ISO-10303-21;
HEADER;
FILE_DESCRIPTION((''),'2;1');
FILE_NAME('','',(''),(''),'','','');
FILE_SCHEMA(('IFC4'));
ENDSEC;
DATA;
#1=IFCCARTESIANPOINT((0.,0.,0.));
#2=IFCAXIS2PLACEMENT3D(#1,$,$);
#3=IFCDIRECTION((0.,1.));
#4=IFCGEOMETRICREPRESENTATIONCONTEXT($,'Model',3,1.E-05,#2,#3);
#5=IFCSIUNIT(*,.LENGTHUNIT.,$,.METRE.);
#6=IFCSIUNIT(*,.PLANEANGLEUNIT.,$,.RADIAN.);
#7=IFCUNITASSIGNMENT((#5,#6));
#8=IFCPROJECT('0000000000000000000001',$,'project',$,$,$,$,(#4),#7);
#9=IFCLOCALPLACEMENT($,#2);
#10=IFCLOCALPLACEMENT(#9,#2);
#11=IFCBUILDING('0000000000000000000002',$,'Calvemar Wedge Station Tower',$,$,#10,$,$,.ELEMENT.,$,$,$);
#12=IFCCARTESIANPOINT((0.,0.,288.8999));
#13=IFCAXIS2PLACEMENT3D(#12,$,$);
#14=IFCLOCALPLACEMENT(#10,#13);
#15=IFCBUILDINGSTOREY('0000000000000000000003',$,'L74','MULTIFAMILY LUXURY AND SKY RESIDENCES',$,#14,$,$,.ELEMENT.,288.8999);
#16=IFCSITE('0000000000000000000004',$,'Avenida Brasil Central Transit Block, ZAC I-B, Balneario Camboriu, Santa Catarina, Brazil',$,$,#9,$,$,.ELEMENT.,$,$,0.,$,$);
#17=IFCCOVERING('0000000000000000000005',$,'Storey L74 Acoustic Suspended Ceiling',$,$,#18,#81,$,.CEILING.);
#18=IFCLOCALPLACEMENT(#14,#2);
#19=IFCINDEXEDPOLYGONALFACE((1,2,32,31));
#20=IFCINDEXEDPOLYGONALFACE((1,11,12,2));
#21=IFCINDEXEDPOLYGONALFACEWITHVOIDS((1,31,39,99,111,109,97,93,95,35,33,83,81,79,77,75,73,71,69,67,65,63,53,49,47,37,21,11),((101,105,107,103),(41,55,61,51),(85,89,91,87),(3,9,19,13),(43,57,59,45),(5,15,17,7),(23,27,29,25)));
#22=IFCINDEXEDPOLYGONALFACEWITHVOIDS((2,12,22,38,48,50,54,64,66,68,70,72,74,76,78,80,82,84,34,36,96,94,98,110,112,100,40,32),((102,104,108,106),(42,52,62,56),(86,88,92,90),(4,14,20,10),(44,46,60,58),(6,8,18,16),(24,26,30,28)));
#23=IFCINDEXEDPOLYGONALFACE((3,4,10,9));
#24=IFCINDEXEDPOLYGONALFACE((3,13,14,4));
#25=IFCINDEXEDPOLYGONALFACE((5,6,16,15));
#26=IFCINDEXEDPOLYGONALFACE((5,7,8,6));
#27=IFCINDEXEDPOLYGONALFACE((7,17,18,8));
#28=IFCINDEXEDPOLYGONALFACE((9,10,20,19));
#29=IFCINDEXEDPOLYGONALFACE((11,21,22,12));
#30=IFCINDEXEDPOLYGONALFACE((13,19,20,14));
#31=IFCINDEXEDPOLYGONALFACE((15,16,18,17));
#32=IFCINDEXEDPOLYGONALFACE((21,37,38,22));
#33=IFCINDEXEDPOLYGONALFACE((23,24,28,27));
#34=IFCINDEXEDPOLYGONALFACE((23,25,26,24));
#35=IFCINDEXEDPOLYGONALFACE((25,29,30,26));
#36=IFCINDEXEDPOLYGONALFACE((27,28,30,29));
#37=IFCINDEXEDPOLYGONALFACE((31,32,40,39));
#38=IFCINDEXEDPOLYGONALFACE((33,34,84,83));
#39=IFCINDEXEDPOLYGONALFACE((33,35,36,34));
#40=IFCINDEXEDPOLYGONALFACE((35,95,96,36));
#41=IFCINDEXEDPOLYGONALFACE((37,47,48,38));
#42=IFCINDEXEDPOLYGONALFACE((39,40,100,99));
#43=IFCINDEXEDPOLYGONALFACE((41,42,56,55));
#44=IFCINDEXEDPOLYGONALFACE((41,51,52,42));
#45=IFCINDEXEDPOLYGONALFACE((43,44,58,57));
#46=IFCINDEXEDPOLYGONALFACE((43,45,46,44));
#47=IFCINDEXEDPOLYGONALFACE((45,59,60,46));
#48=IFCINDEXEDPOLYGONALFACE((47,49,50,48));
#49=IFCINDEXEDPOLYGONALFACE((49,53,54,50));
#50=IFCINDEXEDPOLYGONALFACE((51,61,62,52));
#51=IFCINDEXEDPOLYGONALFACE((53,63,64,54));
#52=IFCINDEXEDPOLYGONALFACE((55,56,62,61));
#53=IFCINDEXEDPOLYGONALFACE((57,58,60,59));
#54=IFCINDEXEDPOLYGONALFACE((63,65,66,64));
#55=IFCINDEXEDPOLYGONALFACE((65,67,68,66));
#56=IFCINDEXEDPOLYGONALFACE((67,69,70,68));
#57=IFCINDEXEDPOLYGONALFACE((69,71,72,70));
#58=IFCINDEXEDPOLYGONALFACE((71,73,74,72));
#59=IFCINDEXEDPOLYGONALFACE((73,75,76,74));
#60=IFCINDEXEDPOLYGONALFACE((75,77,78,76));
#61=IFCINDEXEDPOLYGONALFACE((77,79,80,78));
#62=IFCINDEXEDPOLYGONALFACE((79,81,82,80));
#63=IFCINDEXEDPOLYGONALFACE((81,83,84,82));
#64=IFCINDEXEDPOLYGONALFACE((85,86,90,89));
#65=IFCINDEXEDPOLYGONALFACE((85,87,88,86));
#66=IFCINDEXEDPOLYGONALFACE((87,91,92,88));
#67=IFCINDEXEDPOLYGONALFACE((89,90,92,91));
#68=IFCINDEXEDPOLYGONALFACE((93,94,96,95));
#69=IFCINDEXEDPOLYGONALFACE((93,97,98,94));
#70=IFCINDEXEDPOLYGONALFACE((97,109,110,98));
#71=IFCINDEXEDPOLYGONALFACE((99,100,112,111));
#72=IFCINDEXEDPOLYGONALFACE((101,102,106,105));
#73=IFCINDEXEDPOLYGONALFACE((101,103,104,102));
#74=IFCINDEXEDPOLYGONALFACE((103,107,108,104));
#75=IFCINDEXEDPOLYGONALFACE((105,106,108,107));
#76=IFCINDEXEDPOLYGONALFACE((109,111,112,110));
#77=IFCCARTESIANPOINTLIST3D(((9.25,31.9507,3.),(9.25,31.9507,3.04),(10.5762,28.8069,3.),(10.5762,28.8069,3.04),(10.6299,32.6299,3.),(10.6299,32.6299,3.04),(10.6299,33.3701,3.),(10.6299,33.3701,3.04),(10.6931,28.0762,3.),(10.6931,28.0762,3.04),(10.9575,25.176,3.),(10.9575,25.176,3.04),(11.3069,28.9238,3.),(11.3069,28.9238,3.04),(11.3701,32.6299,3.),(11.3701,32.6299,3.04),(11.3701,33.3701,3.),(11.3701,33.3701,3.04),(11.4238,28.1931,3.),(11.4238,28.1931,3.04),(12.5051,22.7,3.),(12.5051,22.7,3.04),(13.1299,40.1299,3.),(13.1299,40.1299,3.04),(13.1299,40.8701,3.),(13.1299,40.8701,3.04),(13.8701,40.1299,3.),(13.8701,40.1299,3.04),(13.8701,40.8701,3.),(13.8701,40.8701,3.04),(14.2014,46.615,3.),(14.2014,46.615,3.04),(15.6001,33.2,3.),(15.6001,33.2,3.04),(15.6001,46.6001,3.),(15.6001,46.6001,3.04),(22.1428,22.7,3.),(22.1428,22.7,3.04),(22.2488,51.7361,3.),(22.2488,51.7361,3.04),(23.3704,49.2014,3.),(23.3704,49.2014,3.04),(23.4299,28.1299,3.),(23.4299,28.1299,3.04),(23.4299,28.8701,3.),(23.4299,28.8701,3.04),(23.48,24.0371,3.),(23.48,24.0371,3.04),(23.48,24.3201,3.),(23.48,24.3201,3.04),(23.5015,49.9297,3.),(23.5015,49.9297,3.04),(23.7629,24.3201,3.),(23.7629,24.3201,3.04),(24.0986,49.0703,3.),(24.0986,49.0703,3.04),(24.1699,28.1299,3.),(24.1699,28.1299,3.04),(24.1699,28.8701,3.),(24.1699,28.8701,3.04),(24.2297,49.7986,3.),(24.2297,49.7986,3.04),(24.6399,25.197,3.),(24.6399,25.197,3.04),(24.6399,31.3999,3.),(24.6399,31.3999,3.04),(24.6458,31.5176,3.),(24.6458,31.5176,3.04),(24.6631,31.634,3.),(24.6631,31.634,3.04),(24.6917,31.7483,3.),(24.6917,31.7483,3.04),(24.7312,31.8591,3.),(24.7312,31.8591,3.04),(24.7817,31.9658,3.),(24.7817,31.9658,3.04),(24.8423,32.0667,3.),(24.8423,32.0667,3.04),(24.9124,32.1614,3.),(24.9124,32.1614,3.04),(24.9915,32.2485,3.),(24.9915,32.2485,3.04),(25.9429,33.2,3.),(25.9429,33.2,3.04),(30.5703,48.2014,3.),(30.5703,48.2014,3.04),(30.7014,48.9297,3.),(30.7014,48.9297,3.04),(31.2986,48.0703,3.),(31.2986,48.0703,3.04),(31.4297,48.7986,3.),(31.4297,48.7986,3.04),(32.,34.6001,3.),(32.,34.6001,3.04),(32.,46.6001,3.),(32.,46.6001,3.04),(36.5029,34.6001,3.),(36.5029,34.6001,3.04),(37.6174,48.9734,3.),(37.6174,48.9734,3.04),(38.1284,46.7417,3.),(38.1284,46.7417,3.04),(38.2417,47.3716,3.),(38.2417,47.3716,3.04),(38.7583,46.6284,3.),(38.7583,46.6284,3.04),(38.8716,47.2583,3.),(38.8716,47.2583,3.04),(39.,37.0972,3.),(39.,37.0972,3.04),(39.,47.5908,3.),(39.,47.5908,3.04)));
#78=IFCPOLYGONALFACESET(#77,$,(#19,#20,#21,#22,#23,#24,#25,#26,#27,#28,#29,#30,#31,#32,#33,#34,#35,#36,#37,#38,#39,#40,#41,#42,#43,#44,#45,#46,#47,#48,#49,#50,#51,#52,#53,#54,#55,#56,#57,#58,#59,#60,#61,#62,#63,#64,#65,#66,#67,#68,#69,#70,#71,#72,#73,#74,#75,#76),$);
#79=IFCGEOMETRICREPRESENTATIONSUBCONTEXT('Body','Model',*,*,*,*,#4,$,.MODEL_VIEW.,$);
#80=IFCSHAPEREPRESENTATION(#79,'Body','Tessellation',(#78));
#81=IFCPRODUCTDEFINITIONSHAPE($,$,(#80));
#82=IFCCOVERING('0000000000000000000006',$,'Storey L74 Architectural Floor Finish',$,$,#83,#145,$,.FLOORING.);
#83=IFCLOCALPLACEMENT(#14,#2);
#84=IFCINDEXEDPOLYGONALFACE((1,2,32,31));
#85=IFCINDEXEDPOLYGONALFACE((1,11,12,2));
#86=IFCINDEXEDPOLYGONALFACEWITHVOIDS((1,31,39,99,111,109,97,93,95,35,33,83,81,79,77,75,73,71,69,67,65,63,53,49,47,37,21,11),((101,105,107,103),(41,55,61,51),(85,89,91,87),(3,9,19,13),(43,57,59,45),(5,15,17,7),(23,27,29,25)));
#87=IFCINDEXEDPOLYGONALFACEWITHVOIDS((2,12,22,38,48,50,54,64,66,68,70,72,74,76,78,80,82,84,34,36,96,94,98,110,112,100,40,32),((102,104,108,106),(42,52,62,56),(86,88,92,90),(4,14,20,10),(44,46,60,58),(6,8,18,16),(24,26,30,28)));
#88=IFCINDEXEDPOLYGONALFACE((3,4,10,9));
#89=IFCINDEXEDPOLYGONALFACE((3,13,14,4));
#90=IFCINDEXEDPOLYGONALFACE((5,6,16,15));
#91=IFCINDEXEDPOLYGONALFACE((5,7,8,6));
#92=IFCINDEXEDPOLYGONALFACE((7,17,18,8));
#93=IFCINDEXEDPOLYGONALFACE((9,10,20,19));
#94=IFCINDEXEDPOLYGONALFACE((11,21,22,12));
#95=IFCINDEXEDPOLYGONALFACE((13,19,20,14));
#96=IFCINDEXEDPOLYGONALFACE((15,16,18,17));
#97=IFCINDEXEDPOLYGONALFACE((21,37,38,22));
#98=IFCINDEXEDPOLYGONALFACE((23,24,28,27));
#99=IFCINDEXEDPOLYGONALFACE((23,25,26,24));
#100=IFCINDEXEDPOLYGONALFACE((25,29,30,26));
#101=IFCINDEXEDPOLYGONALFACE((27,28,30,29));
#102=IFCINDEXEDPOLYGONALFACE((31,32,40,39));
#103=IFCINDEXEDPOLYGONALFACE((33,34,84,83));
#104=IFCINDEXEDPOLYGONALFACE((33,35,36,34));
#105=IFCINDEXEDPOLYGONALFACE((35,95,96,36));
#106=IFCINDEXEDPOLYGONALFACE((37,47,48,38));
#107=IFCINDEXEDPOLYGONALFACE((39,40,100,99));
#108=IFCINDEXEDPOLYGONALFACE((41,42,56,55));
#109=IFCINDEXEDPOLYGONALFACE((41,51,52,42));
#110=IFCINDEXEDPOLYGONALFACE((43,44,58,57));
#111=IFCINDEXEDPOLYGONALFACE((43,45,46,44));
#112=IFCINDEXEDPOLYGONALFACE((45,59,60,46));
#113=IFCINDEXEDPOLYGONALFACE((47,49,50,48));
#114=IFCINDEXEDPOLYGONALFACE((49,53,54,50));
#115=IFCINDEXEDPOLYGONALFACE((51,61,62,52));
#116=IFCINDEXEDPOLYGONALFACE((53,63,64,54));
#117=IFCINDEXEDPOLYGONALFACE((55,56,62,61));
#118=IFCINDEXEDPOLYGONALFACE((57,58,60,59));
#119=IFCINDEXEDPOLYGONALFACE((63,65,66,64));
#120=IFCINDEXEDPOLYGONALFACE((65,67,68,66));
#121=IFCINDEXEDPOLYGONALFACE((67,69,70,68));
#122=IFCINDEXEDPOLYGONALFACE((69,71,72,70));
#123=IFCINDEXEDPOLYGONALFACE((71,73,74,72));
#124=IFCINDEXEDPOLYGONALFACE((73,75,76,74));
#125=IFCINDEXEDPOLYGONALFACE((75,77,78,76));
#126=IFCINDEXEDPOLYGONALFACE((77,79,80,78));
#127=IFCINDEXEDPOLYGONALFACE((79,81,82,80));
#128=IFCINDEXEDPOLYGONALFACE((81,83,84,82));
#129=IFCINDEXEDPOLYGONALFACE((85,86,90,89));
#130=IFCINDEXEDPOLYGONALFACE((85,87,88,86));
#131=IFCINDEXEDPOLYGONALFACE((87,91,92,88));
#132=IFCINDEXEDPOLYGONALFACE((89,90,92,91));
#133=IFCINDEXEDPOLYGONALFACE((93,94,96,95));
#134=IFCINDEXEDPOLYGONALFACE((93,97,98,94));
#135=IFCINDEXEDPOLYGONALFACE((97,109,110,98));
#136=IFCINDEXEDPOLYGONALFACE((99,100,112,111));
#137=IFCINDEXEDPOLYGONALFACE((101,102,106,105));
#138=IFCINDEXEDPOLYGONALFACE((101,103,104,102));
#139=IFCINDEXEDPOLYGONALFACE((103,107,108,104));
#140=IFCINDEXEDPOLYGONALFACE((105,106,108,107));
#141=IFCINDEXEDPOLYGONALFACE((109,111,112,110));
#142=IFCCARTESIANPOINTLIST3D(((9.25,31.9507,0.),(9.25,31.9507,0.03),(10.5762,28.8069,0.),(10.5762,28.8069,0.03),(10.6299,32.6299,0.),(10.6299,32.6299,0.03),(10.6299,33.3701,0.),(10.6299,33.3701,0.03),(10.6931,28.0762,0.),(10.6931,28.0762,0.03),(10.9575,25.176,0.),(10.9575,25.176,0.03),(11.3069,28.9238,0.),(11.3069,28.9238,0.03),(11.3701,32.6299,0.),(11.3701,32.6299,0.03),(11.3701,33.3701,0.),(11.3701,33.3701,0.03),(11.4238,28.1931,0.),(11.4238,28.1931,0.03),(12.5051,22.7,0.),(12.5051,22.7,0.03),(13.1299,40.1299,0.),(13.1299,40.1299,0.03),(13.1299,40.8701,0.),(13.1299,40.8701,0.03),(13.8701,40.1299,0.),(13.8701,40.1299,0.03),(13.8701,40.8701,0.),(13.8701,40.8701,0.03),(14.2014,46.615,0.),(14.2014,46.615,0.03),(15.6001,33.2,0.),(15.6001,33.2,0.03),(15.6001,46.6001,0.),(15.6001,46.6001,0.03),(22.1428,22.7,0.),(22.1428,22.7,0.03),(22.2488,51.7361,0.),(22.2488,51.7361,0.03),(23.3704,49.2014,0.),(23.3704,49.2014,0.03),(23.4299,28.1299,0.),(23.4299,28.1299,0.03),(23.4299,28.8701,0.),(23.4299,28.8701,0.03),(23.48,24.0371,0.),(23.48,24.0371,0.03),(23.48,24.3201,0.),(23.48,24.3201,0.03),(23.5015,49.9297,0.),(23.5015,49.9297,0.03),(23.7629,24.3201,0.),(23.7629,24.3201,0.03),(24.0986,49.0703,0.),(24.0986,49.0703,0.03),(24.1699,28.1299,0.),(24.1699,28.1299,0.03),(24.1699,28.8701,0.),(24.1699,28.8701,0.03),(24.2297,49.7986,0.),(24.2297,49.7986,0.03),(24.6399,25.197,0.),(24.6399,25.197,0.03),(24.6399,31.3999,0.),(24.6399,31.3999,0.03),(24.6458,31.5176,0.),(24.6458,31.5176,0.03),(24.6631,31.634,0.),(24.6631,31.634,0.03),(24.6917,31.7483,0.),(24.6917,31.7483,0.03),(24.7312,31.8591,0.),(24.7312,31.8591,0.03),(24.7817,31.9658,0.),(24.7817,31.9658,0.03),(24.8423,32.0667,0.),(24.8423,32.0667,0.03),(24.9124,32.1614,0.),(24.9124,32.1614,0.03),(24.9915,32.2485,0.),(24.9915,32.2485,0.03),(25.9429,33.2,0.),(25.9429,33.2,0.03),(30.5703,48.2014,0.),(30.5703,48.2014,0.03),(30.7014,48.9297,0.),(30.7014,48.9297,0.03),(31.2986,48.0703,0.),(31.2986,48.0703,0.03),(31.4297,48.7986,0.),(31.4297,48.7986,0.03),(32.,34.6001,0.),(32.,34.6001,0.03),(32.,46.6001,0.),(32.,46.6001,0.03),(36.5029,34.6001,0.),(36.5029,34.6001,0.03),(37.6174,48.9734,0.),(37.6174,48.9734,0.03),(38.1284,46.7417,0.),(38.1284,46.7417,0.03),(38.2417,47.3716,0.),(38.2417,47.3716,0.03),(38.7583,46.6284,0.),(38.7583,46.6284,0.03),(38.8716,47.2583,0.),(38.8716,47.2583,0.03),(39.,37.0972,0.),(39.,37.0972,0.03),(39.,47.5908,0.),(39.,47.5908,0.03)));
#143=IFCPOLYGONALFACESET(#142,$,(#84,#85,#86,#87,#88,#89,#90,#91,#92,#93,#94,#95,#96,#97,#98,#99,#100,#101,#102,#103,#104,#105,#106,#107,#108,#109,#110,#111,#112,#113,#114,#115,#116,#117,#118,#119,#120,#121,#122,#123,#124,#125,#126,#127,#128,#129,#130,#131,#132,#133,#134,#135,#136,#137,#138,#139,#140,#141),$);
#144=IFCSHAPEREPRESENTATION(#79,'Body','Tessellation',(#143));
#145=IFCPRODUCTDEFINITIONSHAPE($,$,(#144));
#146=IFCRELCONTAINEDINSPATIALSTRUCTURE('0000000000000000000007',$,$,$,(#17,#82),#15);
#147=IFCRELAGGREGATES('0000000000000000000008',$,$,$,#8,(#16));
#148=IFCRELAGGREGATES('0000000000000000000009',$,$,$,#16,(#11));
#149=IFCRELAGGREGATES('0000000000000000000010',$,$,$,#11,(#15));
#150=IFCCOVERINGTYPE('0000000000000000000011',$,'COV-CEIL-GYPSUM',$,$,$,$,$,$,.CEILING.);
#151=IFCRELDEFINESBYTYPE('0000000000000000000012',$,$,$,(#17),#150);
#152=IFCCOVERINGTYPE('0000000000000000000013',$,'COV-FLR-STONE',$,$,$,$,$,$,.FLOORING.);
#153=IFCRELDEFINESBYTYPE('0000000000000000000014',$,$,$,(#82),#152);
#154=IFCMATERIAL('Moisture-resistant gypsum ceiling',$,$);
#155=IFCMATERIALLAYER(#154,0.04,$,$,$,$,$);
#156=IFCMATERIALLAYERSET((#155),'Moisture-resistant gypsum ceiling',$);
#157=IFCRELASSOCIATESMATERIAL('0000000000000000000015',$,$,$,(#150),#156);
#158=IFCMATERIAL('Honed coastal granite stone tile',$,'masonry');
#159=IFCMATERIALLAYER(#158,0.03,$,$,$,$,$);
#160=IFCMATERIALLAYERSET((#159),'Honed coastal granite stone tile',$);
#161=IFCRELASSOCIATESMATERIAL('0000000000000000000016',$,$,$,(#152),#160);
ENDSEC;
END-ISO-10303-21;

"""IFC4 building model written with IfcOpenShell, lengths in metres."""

from ifc_helpers import new_model, si_unit, direction, frame, origin, place, context, subcontext, project, spatial, polyline, outline, extrude, material, layer, layer_set, type_object, element, save


model = new_model("IFC4")

# Units and contexts
model_context = context("Model", 3, precision=1e-05, world=origin(), true_north=direction((0.0, 1.0)))
body_context = subcontext(model_context, "Body", "Model", "MODEL_VIEW")
ifc_project = project(units=[si_unit("LENGTHUNIT", "METRE"), si_unit("PLANEANGLEUNIT", "RADIAN")], contexts=[model_context])

# Site, building, storey
site_placement = place(None, origin())
site = spatial("IfcSite", under=ifc_project, at=site_placement, Name="Avenida Brasil Central Transit Block, ZAC I-B, Balneario Camboriu, Santa Catarina, Brazil", CompositionType="ELEMENT", RefElevation=0.0)
building_placement = place(site_placement, origin())
building = spatial("IfcBuilding", under=site, at=building_placement, Name="Calvemar Wedge Station Tower", CompositionType="ELEMENT")
storey_placement = place(building_placement, frame((0.0, 0.0, 288.8999)))
storey = spatial("IfcBuildingStorey", under=building, at=storey_placement, Name="L74", Description="MULTIFAMILY LUXURY AND SKY RESIDENCES", CompositionType="ELEMENT", Elevation=288.8999)

# Coverings
ifc_material_1 = material(Name="Moisture-resistant gypsum ceiling")
ifc_layer_1 = layer(ifc_material_1, 0.04)
ifc_layer_set_1 = layer_set([ifc_layer_1], Name="Moisture-resistant gypsum ceiling")
covering_type_1 = type_object("IfcCoveringType", Name="COV-CEIL-GYPSUM", PredefinedType="CEILING", material=ifc_layer_set_1)
covering_1_placement = place(storey_placement, frame((0.0, 0.0, 3.0)))
element("IfcCovering", 1, at=covering_1_placement, inside=storey, type_object=covering_type_1, Name="Storey L74 Acoustic Suspended Ceiling", PredefinedType="CEILING", context=body_context, shape_type="SweptSolid", body=[
    extrude(outline(polyline([(32.0, 46.6001), (32.0, 34.6001), (36.5029, 34.6001), (39.0, 37.0972), (39.0, 47.5908), (37.6174, 48.9734), (22.2488, 51.7361), (14.2014, 46.615), (9.25, 31.9507), (10.9575, 25.176), (12.5051, 22.7), (22.1428, 22.7), (23.48, 24.0371), (23.48, 24.3201), (23.7629, 24.3201), (24.6399, 25.197), (24.6399, 31.3999), (24.6458, 31.5176), (24.6631, 31.634), (24.6917, 31.7483), (24.7312, 31.8591), (24.7817, 31.9658), (24.8423, 32.0667), (24.9124, 32.1614), (24.9915, 32.2485), (25.9429, 33.2), (15.6001, 33.2), (15.6001, 46.6001), (32.0, 46.6001)]), holes=[polyline([(10.6299, 32.6299), (10.6299, 33.3701), (11.3701, 33.3701), (11.3701, 32.6299), (10.6299, 32.6299)]), polyline([(13.1299, 40.8701), (13.8701, 40.8701), (13.8701, 40.1299), (13.1299, 40.1299), (13.1299, 40.8701)]), polyline([(24.2297, 49.7986), (24.0986, 49.0703), (23.3704, 49.2014), (23.5015, 49.9297), (24.2297, 49.7986)]), polyline([(31.2986, 48.0703), (30.5703, 48.2014), (30.7014, 48.9297), (31.4297, 48.7986), (31.2986, 48.0703)]), polyline([(38.1284, 46.7417), (38.2417, 47.3716), (38.8716, 47.2583), (38.7583, 46.6284), (38.1284, 46.7417)]), polyline([(11.3069, 28.9238), (11.4238, 28.1931), (10.6931, 28.0762), (10.5762, 28.8069), (11.3069, 28.9238)]), polyline([(24.1699, 28.8701), (24.1699, 28.1299), (23.4299, 28.1299), (23.4299, 28.8701), (24.1699, 28.8701)])]), origin(), (0.0, 0.0, 1.0), 0.04),
])
ifc_material_2 = material(Name="Honed coastal granite stone tile", Category="masonry")
ifc_layer_2 = layer(ifc_material_2, 0.03)
ifc_layer_set_2 = layer_set([ifc_layer_2], Name="Honed coastal granite stone tile")
covering_type_2 = type_object("IfcCoveringType", Name="COV-FLR-STONE", PredefinedType="FLOORING", material=ifc_layer_set_2)
covering_2_placement = place(storey_placement, origin())
element("IfcCovering", 2, at=covering_2_placement, inside=storey, type_object=covering_type_2, Name="Storey L74 Architectural Floor Finish", PredefinedType="FLOORING", context=body_context, shape_type="SweptSolid", body=[
    extrude(outline(polyline([(32.0, 46.6001), (32.0, 34.6001), (36.5029, 34.6001), (39.0, 37.0972), (39.0, 47.5908), (37.6174, 48.9734), (22.2488, 51.7361), (14.2014, 46.615), (9.25, 31.9507), (10.9575, 25.176), (12.5051, 22.7), (22.1428, 22.7), (23.48, 24.0371), (23.48, 24.3201), (23.7629, 24.3201), (24.6399, 25.197), (24.6399, 31.3999), (24.6458, 31.5176), (24.6631, 31.634), (24.6917, 31.7483), (24.7312, 31.8591), (24.7817, 31.9658), (24.8423, 32.0667), (24.9124, 32.1614), (24.9915, 32.2485), (25.9429, 33.2), (15.6001, 33.2), (15.6001, 46.6001), (32.0, 46.6001)]), holes=[polyline([(10.6299, 32.6299), (10.6299, 33.3701), (11.3701, 33.3701), (11.3701, 32.6299), (10.6299, 32.6299)]), polyline([(13.1299, 40.8701), (13.8701, 40.8701), (13.8701, 40.1299), (13.1299, 40.1299), (13.1299, 40.8701)]), polyline([(24.2297, 49.7986), (24.0986, 49.0703), (23.3704, 49.2014), (23.5015, 49.9297), (24.2297, 49.7986)]), polyline([(31.2986, 48.0703), (30.5703, 48.2014), (30.7014, 48.9297), (31.4297, 48.7986), (31.2986, 48.0703)]), polyline([(38.1284, 46.7417), (38.2417, 47.3716), (38.8716, 47.2583), (38.7583, 46.6284), (38.1284, 46.7417)]), polyline([(11.3069, 28.9238), (11.4238, 28.1931), (10.6931, 28.0762), (10.5762, 28.8069), (11.3069, 28.9238)]), polyline([(24.1699, 28.8701), (24.1699, 28.1299), (23.4299, 28.1299), (23.4299, 28.8701), (24.1699, 28.8701)])]), origin(), (0.0, 0.0, 1.0), 0.03),
])

save(model, "model.ifc")
